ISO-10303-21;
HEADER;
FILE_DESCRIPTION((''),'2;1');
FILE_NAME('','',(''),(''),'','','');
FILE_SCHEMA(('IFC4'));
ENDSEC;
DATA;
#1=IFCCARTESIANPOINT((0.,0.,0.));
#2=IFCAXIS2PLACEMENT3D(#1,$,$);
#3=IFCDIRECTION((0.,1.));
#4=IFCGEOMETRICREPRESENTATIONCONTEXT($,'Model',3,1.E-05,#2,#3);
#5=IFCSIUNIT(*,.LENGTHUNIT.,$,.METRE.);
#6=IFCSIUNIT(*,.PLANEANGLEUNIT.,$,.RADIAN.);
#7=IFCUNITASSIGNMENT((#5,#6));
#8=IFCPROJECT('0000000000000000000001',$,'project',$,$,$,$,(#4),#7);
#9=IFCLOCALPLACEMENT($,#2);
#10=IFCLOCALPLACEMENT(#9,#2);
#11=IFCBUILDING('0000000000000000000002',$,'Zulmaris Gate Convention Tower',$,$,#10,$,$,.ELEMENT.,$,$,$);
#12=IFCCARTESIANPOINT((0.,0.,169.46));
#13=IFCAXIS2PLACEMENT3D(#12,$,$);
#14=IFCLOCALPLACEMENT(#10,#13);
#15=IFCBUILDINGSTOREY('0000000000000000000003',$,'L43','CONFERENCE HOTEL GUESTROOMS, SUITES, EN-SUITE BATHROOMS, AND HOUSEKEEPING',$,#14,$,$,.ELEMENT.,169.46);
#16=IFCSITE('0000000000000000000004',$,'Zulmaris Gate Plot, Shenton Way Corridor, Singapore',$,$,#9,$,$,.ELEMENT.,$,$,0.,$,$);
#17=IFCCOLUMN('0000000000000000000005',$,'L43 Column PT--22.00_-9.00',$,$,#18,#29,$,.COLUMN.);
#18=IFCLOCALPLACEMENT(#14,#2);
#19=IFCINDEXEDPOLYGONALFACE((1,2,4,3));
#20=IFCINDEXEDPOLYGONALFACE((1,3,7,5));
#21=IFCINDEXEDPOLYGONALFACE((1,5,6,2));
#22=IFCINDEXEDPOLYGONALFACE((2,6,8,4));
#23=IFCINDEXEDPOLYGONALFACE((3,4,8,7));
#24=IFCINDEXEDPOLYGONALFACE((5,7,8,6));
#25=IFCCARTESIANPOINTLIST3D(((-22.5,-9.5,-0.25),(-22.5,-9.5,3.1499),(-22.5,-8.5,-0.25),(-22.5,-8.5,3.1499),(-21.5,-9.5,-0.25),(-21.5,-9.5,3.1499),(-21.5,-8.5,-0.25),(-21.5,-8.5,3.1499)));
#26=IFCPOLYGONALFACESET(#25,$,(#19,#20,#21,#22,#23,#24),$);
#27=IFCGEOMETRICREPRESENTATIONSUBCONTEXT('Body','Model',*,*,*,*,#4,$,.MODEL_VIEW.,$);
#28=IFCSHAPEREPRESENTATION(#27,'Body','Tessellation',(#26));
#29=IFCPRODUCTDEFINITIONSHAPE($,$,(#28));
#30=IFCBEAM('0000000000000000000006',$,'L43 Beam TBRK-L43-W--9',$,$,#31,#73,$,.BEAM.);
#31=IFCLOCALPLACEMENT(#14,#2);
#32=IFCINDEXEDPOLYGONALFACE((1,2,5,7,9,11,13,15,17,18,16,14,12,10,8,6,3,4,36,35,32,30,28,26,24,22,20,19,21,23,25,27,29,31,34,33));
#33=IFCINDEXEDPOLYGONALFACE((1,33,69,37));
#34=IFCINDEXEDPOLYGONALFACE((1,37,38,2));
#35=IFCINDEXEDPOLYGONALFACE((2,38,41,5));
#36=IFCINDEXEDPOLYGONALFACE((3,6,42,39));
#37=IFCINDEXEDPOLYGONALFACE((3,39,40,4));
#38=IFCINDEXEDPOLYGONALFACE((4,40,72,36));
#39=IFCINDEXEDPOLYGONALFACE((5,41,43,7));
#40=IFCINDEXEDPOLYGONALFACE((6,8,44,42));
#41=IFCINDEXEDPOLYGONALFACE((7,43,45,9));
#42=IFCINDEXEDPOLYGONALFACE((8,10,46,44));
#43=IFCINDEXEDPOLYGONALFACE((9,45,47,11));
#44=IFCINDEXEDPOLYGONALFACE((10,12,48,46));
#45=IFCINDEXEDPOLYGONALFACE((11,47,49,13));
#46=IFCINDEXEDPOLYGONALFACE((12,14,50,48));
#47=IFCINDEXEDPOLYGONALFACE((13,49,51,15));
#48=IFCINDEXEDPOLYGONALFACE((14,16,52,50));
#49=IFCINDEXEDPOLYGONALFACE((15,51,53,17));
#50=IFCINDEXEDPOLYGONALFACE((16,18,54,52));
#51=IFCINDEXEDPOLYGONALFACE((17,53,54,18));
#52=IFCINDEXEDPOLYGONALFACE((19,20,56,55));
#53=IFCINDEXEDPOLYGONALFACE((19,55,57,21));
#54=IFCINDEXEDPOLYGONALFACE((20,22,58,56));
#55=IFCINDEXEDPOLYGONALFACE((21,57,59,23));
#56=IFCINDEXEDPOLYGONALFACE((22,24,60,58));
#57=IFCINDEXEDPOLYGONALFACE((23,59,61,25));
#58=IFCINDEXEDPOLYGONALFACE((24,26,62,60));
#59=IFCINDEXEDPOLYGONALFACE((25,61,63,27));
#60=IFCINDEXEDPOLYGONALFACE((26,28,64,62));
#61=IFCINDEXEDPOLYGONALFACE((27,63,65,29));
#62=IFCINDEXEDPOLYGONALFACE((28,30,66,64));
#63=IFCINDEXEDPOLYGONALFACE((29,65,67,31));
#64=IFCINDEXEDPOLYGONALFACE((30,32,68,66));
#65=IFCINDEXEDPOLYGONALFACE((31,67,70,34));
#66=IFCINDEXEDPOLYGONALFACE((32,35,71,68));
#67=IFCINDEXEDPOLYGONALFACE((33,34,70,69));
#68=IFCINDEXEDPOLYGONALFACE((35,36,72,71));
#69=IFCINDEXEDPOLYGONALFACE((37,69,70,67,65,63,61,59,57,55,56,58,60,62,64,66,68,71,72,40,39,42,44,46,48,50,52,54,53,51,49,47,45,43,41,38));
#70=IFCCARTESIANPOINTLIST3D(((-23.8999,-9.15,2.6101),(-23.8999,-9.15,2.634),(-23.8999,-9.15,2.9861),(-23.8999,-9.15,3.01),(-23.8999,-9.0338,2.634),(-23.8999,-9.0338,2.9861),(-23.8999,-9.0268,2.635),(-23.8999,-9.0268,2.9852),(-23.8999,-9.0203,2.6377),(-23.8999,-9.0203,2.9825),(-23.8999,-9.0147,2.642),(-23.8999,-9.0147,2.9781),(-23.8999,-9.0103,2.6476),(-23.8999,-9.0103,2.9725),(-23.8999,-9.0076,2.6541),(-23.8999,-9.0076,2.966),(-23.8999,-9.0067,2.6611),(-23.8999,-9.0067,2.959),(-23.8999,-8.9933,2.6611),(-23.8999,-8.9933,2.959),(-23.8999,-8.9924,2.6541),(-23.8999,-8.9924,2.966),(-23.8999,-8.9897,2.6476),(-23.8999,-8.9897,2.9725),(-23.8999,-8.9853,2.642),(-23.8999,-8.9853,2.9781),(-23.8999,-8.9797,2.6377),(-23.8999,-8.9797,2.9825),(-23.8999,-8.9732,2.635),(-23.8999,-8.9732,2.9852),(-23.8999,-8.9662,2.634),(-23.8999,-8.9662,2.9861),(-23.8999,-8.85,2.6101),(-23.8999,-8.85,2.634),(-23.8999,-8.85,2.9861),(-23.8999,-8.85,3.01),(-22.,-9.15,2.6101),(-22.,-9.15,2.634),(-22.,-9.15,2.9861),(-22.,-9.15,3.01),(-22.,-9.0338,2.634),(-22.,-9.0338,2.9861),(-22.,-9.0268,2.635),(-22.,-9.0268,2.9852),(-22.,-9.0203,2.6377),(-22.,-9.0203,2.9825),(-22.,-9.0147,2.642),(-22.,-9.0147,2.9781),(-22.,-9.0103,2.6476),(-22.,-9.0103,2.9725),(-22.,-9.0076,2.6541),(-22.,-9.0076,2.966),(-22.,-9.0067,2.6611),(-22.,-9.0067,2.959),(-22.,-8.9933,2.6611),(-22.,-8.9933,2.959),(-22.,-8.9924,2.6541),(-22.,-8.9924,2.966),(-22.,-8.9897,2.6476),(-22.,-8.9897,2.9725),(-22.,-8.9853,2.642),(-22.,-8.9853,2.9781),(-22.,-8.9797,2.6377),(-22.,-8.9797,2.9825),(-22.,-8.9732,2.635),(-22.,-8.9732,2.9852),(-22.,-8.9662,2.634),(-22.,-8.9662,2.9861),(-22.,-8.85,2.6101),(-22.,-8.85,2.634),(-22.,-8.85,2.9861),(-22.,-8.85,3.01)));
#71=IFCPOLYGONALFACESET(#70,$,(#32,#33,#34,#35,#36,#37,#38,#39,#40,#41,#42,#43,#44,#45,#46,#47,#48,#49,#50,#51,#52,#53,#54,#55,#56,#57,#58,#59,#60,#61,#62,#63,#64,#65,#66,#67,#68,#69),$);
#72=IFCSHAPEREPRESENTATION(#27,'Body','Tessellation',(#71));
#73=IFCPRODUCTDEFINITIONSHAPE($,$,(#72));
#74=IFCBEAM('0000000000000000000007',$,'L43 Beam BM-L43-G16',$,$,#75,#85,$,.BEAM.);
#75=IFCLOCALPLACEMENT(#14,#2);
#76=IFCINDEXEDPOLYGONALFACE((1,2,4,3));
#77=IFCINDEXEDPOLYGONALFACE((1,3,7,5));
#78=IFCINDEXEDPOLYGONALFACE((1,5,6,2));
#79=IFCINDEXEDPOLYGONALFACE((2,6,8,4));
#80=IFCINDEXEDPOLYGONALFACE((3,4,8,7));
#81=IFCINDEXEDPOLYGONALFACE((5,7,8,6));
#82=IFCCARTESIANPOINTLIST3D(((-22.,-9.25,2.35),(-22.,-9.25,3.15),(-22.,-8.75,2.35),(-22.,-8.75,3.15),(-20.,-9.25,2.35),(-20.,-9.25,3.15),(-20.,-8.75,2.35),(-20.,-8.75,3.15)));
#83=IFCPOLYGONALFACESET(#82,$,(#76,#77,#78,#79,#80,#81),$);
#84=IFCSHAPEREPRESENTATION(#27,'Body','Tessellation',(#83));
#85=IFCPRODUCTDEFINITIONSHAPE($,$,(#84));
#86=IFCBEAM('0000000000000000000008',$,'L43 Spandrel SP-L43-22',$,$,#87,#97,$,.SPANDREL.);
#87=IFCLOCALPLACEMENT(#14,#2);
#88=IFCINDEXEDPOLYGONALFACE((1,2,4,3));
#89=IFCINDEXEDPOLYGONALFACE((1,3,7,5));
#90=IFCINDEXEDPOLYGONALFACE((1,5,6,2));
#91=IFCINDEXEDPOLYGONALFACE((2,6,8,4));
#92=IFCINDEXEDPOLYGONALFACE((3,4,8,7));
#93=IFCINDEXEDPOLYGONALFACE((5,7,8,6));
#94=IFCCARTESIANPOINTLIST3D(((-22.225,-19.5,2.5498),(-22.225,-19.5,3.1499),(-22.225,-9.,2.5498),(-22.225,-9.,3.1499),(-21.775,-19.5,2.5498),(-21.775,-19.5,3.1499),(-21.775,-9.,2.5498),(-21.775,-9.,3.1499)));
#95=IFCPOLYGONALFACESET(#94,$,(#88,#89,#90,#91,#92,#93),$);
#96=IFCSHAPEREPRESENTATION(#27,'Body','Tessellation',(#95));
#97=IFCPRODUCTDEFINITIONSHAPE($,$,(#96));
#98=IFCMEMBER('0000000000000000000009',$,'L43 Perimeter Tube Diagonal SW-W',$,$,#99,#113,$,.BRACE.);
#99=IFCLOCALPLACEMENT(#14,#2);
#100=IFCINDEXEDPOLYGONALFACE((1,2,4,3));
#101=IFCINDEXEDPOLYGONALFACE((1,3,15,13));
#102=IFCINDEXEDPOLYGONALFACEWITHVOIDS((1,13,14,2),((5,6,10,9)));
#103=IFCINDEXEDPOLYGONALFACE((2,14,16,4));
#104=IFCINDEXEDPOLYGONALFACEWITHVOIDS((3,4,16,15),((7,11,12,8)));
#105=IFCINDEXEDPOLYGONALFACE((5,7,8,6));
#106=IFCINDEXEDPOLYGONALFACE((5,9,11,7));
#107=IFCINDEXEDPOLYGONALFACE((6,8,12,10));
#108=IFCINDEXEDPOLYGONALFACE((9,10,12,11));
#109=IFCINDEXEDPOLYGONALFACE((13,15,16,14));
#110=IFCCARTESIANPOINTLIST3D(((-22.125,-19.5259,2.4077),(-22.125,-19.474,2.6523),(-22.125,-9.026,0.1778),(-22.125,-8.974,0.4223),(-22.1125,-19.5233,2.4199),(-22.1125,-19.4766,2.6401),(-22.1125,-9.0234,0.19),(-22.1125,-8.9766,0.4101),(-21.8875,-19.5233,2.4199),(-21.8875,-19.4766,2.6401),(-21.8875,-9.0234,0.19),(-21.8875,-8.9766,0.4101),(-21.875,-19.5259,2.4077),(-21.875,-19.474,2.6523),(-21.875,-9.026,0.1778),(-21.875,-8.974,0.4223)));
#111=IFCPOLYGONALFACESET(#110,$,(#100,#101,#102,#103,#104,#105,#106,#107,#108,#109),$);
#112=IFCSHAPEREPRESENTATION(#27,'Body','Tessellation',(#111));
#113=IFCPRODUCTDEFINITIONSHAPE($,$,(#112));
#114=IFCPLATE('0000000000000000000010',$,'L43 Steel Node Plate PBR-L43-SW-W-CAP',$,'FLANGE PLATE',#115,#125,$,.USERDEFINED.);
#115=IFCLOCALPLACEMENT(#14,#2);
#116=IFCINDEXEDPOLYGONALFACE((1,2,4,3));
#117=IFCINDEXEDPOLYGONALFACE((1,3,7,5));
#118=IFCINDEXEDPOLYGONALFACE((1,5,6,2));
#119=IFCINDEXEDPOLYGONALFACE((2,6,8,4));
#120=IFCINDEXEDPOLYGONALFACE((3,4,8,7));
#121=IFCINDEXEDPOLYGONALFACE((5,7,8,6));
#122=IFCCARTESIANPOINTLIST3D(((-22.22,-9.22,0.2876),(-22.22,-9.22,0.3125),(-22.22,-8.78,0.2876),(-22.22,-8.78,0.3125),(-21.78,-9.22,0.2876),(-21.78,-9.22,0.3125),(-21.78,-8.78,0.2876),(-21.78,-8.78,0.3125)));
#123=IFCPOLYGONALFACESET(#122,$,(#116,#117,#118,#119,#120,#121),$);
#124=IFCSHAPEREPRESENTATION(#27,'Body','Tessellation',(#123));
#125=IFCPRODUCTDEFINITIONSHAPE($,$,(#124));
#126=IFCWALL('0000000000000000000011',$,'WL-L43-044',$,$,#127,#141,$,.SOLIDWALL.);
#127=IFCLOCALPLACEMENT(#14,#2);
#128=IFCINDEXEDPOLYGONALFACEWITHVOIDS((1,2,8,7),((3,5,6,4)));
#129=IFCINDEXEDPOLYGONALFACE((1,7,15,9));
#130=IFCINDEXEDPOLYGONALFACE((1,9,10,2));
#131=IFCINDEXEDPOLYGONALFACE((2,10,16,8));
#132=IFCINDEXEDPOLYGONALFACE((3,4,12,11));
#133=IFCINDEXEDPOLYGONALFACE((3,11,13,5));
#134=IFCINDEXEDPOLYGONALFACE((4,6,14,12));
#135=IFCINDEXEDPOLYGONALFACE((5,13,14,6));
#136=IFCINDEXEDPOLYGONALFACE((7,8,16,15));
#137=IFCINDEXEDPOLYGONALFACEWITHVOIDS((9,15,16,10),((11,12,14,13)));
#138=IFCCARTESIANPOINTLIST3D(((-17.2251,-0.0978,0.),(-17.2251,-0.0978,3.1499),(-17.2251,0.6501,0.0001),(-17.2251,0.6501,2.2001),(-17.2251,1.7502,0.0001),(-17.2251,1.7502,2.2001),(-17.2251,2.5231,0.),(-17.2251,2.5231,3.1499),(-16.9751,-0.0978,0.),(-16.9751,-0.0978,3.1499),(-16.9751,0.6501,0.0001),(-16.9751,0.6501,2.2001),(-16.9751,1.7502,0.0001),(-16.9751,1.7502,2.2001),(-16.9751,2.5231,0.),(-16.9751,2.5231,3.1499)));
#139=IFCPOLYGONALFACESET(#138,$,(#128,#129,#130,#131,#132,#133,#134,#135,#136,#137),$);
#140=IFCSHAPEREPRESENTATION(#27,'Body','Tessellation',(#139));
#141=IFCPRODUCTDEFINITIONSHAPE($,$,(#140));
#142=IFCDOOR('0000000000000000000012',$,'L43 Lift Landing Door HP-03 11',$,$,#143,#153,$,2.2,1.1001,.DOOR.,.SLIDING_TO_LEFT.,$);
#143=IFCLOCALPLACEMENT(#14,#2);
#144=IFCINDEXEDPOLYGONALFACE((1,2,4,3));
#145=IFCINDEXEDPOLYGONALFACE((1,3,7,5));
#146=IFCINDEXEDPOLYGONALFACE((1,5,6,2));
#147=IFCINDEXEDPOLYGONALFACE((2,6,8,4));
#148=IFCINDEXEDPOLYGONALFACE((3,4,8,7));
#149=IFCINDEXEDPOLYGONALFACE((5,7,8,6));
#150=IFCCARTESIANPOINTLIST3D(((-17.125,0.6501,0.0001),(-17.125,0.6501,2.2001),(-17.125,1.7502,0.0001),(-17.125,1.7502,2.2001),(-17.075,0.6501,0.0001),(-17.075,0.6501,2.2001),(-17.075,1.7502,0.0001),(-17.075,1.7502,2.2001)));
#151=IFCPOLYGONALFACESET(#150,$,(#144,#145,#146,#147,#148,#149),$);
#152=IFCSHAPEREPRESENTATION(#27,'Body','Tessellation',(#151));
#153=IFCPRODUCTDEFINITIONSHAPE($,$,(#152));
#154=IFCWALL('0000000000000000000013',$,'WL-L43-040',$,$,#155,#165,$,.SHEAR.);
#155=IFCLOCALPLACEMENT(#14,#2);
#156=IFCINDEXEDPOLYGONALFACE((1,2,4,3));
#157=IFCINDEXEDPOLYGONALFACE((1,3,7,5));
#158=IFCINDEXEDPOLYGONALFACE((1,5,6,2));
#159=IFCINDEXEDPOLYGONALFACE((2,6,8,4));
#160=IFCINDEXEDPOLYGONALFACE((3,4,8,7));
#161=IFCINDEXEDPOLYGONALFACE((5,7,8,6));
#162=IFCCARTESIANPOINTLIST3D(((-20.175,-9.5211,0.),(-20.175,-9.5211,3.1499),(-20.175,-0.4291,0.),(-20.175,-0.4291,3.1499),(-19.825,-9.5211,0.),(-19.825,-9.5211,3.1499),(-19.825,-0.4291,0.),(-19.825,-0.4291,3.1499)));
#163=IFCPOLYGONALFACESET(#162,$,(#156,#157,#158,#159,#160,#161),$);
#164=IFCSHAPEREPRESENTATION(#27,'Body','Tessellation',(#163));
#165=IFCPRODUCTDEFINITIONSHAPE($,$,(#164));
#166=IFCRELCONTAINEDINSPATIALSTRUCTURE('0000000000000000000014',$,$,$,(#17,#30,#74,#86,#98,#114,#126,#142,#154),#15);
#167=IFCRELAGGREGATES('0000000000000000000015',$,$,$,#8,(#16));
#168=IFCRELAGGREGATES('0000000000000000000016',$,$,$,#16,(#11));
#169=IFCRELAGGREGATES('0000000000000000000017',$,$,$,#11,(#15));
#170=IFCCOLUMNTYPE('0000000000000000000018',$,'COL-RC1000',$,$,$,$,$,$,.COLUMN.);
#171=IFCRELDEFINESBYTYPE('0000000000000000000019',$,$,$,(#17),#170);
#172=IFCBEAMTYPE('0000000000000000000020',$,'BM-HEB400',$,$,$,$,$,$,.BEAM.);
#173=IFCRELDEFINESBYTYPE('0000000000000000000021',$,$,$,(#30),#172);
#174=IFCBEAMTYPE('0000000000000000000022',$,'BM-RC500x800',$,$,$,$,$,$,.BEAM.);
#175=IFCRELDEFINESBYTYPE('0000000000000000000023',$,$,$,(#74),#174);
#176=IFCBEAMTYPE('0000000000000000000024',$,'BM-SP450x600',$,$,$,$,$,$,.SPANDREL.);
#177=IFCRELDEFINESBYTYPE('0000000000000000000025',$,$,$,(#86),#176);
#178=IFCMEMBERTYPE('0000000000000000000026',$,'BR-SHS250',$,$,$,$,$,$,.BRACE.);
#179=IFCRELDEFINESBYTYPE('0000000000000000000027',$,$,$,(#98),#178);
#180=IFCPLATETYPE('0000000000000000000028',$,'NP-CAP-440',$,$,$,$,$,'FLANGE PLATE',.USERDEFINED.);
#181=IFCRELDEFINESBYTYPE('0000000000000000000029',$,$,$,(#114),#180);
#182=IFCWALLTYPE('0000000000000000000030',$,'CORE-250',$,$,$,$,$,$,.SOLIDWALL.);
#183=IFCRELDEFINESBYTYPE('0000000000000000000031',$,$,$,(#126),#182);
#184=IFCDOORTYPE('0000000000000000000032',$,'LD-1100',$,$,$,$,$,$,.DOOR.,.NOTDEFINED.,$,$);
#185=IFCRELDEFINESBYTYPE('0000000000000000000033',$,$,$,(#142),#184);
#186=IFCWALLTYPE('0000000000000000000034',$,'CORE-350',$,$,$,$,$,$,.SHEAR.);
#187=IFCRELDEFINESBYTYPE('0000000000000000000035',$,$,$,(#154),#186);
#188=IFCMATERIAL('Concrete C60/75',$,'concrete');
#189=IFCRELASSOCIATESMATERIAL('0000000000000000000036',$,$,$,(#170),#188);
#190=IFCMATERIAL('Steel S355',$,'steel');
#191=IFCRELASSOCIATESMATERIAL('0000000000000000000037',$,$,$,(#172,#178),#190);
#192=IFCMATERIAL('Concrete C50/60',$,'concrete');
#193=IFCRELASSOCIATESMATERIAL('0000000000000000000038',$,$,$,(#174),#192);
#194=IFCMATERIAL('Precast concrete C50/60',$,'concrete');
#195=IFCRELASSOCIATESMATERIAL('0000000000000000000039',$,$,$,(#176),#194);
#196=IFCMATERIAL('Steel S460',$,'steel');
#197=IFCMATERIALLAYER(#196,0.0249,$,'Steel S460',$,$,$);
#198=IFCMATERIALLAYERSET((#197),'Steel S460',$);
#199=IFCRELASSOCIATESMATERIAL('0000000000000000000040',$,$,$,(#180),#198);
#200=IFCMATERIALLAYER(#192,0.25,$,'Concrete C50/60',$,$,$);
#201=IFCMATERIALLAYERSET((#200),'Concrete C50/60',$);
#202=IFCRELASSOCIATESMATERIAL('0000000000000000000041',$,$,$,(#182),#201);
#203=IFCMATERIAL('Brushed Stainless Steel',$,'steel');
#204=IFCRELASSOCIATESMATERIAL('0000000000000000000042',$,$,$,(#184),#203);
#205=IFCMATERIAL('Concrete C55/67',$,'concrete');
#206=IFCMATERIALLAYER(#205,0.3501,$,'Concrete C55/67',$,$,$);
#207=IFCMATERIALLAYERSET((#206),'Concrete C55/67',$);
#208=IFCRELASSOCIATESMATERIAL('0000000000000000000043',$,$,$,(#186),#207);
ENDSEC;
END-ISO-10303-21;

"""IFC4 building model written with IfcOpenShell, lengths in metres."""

from ifc_helpers import new_model, si_unit, direction, frame, frame_2d, origin, origin_2d, place, context, subcontext, project, spatial, rectangle, hollow_rectangle, i_section, extrude, material, layer, layer_set, material_profile, profile_set, type_object, element, fill, save


model = new_model("IFC4")

# Units and contexts
model_context = context("Model", 3, precision=1e-05, world=origin(), true_north=direction((0.0, 1.0)))
body_context = subcontext(model_context, "Body", "Model", "MODEL_VIEW")
ifc_project = project(units=[si_unit("LENGTHUNIT", "METRE"), si_unit("PLANEANGLEUNIT", "RADIAN")], contexts=[model_context])

# Site, building, storey
site_placement = place(None, origin())
site = spatial("IfcSite", under=ifc_project, at=site_placement, Name="Zulmaris Gate Plot, Shenton Way Corridor, Singapore", CompositionType="ELEMENT", RefElevation=0.0)
building_placement = place(site_placement, origin())
building = spatial("IfcBuilding", under=site, at=building_placement, Name="Zulmaris Gate Convention Tower", CompositionType="ELEMENT")
storey_placement = place(building_placement, frame((0.0, 0.0, 169.46)))
storey = spatial("IfcBuildingStorey", under=building, at=storey_placement, Name="L43", Description="CONFERENCE HOTEL GUESTROOMS, SUITES, EN-SUITE BATHROOMS, AND HOUSEKEEPING", CompositionType="ELEMENT", Elevation=169.46)

# Column
ifc_material_1 = material(Name="Concrete C60/75", Category="concrete")
ifc_material_profile_1 = material_profile(ifc_material_1, rectangle(XDim=1.0, YDim=1.0, at=origin_2d()), Name="RC COL 1000x1000")
ifc_profile_set_1 = profile_set([ifc_material_profile_1], Name="Concrete C60/75")
column_type = type_object("IfcColumnType", Name="COL-RC1000", PredefinedType="COLUMN", material=ifc_profile_set_1)
column_placement = place(storey_placement, frame((-22.0, -9.0, -0.25), z_axis=(0.0, 0.0, 1.0), x_axis=(1.0, 0.0, 0.0)))
element("IfcColumn", 1, at=column_placement, inside=storey, type_object=column_type, Name="L43 Column PT--22.00_-9.00", PredefinedType="COLUMN", context=body_context, shape_type="SweptSolid", body=[
    extrude(rectangle(XDim=1.0, YDim=1.0, at=origin_2d()), origin(), (0.0, 0.0, 1.0), 3.3999),
])

# Beams
ifc_material_2 = material(Name="Steel S355", Category="steel")
ifc_material_profile_2 = material_profile(ifc_material_2, i_section(OverallWidth=0.3, OverallDepth=0.3999, WebThickness=0.0134, FlangeThickness=0.0239, FilletRadius=0.0271, at=origin_2d()), Name="HEB 400")
ifc_profile_set_2 = profile_set([ifc_material_profile_2], Name="Steel S355")
beam_type_1 = type_object("IfcBeamType", Name="BM-HEB400", PredefinedType="BEAM", material=ifc_profile_set_2)
beam_1_placement = place(storey_placement, frame((-23.8999, -9.0, 2.8101), z_axis=(1.0, 0.0, 0.0), x_axis=(0.0, 1.0, 0.0)))
element("IfcBeam", 2, at=beam_1_placement, inside=storey, type_object=beam_type_1, Name="L43 Beam TBRK-L43-W--9", PredefinedType="BEAM", context=body_context, shape_type="SweptSolid", body=[
    extrude(i_section(OverallWidth=0.3, OverallDepth=0.3999, WebThickness=0.0134, FlangeThickness=0.0239, FilletRadius=0.0271, at=origin_2d()), origin(), (0.0, 0.0, 1.0), 1.8999),
])
ifc_material_3 = material(Name="Concrete C50/60", Category="concrete")
ifc_material_profile_3 = material_profile(ifc_material_3, rectangle(XDim=0.5, YDim=0.8, at=origin_2d()), Name="RC BEAM 500x800")
ifc_profile_set_3 = profile_set([ifc_material_profile_3], Name="Concrete C50/60")
beam_type_2 = type_object("IfcBeamType", Name="BM-RC500x800", PredefinedType="BEAM", material=ifc_profile_set_3)
beam_2_placement = place(storey_placement, frame((-22.0, -9.0, 2.75), z_axis=(1.0, 0.0, 0.0), x_axis=(0.0, 1.0, 0.0)))
element("IfcBeam", 3, at=beam_2_placement, inside=storey, type_object=beam_type_2, Name="L43 Beam BM-L43-G16", PredefinedType="BEAM", context=body_context, shape_type="SweptSolid", body=[
    extrude(rectangle(XDim=0.5, YDim=0.8, at=origin_2d()), origin(), (0.0, 0.0, 1.0), 2.0),
])
ifc_material_4 = material(Name="Precast concrete C50/60", Category="concrete")
ifc_material_profile_4 = material_profile(ifc_material_4, rectangle(XDim=0.45, YDim=0.6001, at=origin_2d()), Name="RC SPANDREL 450x600")
ifc_profile_set_4 = profile_set([ifc_material_profile_4], Name="Precast concrete C50/60")
beam_type_3 = type_object("IfcBeamType", Name="BM-SP450x600", PredefinedType="SPANDREL", material=ifc_profile_set_4)
beam_3_placement = place(storey_placement, frame((-22.0, -9.0, 2.8499), z_axis=(0.0, -1.0, 0.0), x_axis=(1.0, 0.0, 0.0)))
element("IfcBeam", 4, at=beam_3_placement, inside=storey, type_object=beam_type_3, Name="L43 Spandrel SP-L43-22", PredefinedType="SPANDREL", context=body_context, shape_type="SweptSolid", body=[
    extrude(rectangle(XDim=0.45, YDim=0.6001, at=origin_2d()), origin(), (0.0, 0.0, 1.0), 10.5),
])

# Member
ifc_material_profile_5 = material_profile(ifc_material_2, hollow_rectangle(XDim=0.25, YDim=0.25, WallThickness=0.0125, at=origin_2d()), Name="SHS 250x250x12.5")
ifc_profile_set_5 = profile_set([ifc_material_profile_5], Name="Steel S355")
member_type = type_object("IfcMemberType", Name="BR-SHS250", PredefinedType="BRACE", material=ifc_profile_set_5)
member_placement = place(storey_placement, frame((-22.0, -9.0, 0.3), z_axis=(0.0, -0.978183, 0.207746), x_axis=(1.0, 0.0, 0.0)))
element("IfcMember", 5, at=member_placement, inside=storey, type_object=member_type, Name="L43 Perimeter Tube Diagonal SW-W", PredefinedType="BRACE", context=body_context, shape_type="SweptSolid", body=[
    extrude(hollow_rectangle(XDim=0.25, YDim=0.25, WallThickness=0.0125, at=origin_2d()), origin(), (0.0, 0.0, 1.0), 10.7341),
])

# Plate
ifc_material_5 = material(Name="Steel S460", Category="steel")
ifc_layer_1 = layer(ifc_material_5, 0.0249, Name="Steel S460")
ifc_layer_set_1 = layer_set([ifc_layer_1], Name="Steel S460")
plate_type = type_object("IfcPlateType", Name="NP-CAP-440", ElementType="FLANGE PLATE", PredefinedType="USERDEFINED", material=ifc_layer_set_1)
plate_placement = place(storey_placement, frame((-22.0, -9.0, 0.2876), z_axis=(0.0, 0.0, 1.0), x_axis=(1.0, 0.0, 0.0)))
element("IfcPlate", 6, at=plate_placement, inside=storey, type_object=plate_type, Name="L43 Steel Node Plate PBR-L43-SW-W-CAP", ObjectType="FLANGE PLATE", PredefinedType="USERDEFINED", context=body_context, shape_type="SweptSolid", body=[
    extrude(rectangle(XDim=0.4399, YDim=0.4399, at=origin_2d()), origin(), (0.0, 0.0, 1.0), 0.0249),
])

# Wall, opening, door
ifc_layer_2 = layer(ifc_material_3, 0.25, Name="Concrete C50/60")
ifc_layer_set_2 = layer_set([ifc_layer_2], Name="Concrete C50/60")
wall_type_1 = type_object("IfcWallType", Name="CORE-250", PredefinedType="SOLIDWALL", material=ifc_layer_set_2)
wall_1_placement = place(storey_placement, frame((-17.1001, -0.0979, 0.0), z_axis=(0.0, 0.0, 1.0), x_axis=(0.0, 1.0, 0.0)))
wall_1 = element("IfcWall", 7, at=wall_1_placement, inside=storey, type_object=wall_type_1, Name="WL-L43-044", PredefinedType="SOLIDWALL", context=body_context, shape_type="SweptSolid", body=[
    extrude(rectangle(XDim=2.6208, YDim=0.25, at=frame_2d((1.3105, 0.0))), origin(), (0.0, 0.0, 1.0), 3.1499),
])
opening_1_placement = place(wall_1_placement, frame((0.748, 0.0, 0.0)))
opening_1 = element("IfcOpeningElement", 8, at=opening_1_placement, cuts=wall_1, PredefinedType="OPENING", context=body_context, shape_type="SweptSolid", body=[
    extrude(rectangle(XDim=1.1001, YDim=2.2, at=frame_2d((0.55, 1.1001))), frame((0.0, 0.135, 0.0), z_axis=(0.0, -1.0, 0.0), x_axis=(1.0, 0.0, 0.0)), (0.0, 0.0, 1.0), 0.27),
])
ifc_material_6 = material(Name="Brushed Stainless Steel", Category="steel")
door_type_1 = type_object("IfcDoorType", Name="LD-1100", OperationType="NOTDEFINED", PredefinedType="DOOR", material=ifc_material_6)
door_1_placement = place(opening_1_placement, origin())
door_1 = element("IfcDoor", 9, at=door_1_placement, inside=storey, type_object=door_type_1, Name="L43 Lift Landing Door HP-03 11", OperationType="SLIDING_TO_LEFT", OverallHeight=2.2, OverallWidth=1.1001, PredefinedType="DOOR", context=body_context, shape_type="SweptSolid", body=[
    extrude(rectangle(XDim=1.1001, YDim=2.2, at=frame_2d((0.55, 1.1001))), frame((0.0, 0.0249, 0.0), z_axis=(0.0, -1.0, 0.0), x_axis=(1.0, 0.0, 0.0)), (0.0, 0.0, 1.0), 0.05),
])
fill(opening_1, door_1)

# Wall
ifc_material_7 = material(Name="Concrete C55/67", Category="concrete")
ifc_layer_3 = layer(ifc_material_7, 0.3501, Name="Concrete C55/67")
ifc_layer_set_3 = layer_set([ifc_layer_3], Name="Concrete C55/67")
wall_type_2 = type_object("IfcWallType", Name="CORE-350", PredefinedType="SHEAR", material=ifc_layer_set_3)
wall_2_placement = place(storey_placement, frame((-20.0, -9.521, 0.0), z_axis=(0.0, 0.0, 1.0), x_axis=(0.0, 1.0, 0.0)))
element("IfcWall", 10, at=wall_2_placement, inside=storey, type_object=wall_type_2, Name="WL-L43-040", PredefinedType="SHEAR", context=body_context, shape_type="SweptSolid", body=[
    extrude(rectangle(XDim=9.092, YDim=0.3501, at=frame_2d((4.5459, 0.0))), origin(), (0.0, 0.0, 1.0), 3.1499),
])

save(model, "model.ifc")
